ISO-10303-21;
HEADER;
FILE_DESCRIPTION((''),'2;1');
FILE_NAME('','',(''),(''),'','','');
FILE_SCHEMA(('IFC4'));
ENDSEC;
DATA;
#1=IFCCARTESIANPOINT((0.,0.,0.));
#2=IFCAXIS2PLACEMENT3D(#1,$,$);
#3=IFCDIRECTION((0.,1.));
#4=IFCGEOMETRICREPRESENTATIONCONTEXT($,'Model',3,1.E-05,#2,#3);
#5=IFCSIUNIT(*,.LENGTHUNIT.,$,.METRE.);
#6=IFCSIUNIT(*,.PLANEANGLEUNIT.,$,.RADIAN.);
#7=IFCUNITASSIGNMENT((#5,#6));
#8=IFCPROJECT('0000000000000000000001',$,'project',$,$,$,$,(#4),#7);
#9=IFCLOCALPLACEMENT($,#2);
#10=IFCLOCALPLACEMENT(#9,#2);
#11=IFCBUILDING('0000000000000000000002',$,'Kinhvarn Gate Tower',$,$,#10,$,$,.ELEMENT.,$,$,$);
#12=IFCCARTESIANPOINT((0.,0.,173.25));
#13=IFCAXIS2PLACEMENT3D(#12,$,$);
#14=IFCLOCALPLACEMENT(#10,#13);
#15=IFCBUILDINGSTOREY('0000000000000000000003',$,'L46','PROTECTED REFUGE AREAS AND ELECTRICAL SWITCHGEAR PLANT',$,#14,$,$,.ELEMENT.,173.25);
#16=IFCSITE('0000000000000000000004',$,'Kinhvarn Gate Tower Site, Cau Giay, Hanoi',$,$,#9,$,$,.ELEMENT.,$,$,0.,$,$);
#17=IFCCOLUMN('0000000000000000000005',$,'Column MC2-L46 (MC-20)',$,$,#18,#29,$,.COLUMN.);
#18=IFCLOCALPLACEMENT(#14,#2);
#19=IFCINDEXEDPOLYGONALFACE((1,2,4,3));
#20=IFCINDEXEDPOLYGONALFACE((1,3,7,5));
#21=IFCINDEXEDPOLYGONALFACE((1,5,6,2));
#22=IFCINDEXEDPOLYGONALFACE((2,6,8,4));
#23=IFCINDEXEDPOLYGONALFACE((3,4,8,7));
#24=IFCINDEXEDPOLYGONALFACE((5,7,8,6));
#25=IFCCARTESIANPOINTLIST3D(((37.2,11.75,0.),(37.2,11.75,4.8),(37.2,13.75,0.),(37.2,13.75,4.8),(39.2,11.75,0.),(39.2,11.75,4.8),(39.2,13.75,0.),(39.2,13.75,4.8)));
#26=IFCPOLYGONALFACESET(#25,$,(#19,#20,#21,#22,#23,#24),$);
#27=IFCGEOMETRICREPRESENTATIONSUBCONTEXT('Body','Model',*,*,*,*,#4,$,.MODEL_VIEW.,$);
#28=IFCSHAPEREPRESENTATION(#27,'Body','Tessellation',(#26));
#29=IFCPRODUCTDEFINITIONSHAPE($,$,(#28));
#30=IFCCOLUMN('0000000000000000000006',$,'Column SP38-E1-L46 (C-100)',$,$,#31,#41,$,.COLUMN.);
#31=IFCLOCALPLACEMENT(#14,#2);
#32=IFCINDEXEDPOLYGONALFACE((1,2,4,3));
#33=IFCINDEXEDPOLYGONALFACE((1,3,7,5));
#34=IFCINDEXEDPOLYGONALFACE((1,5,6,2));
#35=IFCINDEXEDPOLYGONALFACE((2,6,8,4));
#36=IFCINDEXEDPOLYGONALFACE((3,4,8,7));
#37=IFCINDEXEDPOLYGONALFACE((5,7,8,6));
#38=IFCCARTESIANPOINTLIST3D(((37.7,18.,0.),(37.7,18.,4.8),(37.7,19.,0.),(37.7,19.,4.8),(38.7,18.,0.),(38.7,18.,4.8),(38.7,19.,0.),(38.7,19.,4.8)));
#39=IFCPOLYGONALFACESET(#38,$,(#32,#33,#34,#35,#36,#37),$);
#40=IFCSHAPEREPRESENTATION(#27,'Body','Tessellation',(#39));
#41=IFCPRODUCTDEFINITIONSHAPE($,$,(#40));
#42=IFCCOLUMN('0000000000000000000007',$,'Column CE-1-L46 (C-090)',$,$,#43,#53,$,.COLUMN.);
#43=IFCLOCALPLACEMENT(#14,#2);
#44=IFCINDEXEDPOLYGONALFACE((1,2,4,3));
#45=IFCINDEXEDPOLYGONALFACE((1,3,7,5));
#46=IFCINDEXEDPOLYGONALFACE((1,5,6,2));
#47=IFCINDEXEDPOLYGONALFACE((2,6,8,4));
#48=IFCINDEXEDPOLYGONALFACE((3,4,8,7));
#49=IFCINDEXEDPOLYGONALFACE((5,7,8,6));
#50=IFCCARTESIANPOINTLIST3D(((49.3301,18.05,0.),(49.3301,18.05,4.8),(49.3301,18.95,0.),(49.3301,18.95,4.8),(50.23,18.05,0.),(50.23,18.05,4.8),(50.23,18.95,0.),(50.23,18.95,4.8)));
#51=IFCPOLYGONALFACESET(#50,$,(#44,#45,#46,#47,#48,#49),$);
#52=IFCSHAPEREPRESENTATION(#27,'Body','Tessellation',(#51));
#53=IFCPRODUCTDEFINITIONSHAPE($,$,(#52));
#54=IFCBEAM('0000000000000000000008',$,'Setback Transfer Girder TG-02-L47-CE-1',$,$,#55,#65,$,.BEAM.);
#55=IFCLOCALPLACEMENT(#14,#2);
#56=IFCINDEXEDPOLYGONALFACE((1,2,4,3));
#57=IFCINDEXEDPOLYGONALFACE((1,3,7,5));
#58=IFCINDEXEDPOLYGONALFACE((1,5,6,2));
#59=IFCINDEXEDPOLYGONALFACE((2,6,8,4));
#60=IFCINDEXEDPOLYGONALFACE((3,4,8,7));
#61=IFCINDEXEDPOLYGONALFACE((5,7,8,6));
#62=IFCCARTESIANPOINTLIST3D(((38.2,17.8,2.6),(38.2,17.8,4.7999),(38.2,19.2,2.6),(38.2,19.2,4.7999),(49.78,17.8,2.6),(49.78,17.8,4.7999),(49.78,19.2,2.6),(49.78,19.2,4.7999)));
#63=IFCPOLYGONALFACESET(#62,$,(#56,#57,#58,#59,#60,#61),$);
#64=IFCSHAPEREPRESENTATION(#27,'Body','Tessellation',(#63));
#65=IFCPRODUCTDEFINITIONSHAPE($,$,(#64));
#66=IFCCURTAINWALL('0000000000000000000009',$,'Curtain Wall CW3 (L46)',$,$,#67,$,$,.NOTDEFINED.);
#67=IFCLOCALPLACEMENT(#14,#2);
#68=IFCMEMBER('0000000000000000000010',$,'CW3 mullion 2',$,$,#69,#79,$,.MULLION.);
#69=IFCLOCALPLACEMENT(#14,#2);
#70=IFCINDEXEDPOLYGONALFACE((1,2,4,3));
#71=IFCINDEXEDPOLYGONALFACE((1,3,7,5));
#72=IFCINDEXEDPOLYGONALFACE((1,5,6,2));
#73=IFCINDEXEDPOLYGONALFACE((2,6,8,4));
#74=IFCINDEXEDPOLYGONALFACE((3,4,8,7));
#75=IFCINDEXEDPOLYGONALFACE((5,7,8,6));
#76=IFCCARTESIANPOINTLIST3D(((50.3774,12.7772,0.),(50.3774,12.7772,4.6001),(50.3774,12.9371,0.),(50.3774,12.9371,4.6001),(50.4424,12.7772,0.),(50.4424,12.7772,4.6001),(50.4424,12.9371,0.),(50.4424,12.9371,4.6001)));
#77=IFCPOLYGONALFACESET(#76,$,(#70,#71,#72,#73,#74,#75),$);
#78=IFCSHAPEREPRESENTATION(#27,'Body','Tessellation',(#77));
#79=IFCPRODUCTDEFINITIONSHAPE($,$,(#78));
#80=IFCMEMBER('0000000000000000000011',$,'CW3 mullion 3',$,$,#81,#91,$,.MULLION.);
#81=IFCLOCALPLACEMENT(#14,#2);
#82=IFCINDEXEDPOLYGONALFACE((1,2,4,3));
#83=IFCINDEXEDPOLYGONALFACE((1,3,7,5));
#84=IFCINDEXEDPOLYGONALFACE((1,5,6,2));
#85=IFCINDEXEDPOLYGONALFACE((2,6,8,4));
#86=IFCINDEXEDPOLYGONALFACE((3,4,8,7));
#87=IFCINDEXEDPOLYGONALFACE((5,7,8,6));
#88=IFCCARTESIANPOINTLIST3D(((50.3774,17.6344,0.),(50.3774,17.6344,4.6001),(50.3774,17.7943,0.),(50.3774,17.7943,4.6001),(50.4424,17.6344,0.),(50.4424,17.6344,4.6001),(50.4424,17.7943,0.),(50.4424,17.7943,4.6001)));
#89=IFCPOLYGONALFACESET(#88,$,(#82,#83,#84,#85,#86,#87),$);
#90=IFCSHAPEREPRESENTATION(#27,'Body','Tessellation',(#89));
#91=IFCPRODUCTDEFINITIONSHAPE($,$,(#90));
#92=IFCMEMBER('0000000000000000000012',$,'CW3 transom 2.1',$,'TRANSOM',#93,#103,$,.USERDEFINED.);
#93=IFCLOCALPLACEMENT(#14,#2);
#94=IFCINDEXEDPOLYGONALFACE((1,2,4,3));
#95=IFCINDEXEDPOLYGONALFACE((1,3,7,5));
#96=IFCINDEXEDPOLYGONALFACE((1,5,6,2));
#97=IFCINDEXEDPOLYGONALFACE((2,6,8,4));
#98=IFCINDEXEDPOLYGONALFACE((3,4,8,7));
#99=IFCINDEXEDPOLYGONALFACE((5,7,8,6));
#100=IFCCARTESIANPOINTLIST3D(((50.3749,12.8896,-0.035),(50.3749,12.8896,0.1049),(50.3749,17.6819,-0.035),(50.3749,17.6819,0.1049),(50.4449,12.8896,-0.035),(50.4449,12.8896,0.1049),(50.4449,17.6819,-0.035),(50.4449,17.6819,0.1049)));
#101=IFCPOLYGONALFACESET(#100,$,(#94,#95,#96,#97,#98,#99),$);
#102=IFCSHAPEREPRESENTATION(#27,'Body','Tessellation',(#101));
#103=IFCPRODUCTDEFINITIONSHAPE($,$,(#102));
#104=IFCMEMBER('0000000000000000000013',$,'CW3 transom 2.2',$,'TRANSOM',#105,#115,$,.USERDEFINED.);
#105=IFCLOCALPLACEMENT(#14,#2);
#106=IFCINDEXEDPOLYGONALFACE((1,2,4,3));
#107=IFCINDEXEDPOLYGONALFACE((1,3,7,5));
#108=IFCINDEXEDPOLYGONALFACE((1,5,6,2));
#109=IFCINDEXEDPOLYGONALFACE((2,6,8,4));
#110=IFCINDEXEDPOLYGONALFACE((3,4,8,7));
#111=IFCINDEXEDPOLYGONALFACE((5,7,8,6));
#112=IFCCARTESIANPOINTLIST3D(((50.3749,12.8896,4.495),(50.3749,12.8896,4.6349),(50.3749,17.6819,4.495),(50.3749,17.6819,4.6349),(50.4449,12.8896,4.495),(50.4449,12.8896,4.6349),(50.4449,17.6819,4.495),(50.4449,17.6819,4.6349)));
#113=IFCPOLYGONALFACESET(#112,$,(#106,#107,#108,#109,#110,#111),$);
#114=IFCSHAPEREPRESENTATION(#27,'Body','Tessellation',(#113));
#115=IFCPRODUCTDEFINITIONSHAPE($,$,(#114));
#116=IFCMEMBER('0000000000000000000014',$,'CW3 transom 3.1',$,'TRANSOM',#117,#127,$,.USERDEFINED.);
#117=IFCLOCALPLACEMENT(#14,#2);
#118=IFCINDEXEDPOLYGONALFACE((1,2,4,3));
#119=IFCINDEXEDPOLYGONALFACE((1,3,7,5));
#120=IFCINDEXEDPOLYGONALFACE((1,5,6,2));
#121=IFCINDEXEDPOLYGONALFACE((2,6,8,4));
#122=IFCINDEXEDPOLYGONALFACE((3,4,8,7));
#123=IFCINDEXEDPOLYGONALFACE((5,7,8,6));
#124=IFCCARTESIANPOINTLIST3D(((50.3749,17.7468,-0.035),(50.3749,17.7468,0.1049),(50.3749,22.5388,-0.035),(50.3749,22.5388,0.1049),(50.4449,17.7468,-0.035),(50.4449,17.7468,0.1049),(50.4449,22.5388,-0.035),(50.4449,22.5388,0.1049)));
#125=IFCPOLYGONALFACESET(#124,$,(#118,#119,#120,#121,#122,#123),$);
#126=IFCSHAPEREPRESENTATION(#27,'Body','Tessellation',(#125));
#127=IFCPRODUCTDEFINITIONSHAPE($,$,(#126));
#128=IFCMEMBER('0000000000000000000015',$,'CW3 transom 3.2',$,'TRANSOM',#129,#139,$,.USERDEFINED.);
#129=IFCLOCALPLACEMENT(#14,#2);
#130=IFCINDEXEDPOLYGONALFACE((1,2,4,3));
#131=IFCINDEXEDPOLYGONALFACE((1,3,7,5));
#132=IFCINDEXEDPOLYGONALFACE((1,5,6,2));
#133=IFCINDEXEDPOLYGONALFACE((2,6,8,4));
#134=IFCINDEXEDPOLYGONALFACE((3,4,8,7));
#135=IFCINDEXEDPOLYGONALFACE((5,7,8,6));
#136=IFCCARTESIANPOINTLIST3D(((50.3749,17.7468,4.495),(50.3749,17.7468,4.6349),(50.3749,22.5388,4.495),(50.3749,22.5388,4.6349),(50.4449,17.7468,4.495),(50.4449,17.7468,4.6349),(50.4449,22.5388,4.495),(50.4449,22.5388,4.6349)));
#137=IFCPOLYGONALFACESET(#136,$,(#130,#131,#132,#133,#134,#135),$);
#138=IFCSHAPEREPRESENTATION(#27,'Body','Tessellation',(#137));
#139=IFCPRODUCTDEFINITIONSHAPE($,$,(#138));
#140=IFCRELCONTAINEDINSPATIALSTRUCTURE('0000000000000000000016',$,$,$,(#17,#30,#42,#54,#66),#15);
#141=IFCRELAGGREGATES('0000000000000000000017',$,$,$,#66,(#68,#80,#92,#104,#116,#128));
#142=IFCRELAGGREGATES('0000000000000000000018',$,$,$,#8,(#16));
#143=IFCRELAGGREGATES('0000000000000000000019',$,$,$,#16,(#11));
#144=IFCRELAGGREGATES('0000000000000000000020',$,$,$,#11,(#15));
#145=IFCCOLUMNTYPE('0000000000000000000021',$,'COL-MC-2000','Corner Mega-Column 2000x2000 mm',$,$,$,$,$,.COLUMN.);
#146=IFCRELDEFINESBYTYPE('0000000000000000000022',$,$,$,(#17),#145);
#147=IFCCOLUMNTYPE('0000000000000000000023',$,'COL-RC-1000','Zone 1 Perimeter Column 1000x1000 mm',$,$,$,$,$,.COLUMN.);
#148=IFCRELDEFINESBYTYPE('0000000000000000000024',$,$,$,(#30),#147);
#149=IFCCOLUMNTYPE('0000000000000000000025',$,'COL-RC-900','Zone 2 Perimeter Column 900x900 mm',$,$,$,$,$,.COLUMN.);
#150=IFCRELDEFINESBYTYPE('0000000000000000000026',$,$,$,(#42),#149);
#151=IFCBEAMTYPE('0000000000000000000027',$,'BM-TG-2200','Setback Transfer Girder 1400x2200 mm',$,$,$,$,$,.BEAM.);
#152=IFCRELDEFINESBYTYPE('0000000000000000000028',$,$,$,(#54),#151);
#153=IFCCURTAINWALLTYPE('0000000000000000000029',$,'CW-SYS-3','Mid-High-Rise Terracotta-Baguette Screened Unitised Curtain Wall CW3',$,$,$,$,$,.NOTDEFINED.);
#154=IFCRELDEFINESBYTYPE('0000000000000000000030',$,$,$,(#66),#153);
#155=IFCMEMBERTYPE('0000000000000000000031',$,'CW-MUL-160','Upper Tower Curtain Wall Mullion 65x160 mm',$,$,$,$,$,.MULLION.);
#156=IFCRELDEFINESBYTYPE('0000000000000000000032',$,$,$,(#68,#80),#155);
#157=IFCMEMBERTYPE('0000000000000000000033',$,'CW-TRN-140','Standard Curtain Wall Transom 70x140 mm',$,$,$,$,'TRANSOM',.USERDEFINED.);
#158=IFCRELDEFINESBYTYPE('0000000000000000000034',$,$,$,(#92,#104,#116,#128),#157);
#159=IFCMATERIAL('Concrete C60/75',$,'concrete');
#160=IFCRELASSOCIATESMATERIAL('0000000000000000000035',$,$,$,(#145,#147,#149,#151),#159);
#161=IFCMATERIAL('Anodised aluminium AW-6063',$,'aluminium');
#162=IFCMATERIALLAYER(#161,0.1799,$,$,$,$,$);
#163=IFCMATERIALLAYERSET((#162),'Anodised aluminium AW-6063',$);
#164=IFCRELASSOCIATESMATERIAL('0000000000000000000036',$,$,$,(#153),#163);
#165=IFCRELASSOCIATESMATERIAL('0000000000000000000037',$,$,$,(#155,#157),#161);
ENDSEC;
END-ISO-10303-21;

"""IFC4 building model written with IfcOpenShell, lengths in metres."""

from ifc_helpers import new_model, si_unit, direction, frame, origin, origin_2d, place, context, subcontext, project, spatial, rectangle, extrude, material, layer, layer_set, material_profile, profile_set, type_object, element, aggregate, save


model = new_model("IFC4")

# Units and contexts
model_context = context("Model", 3, precision=1e-05, world=origin(), true_north=direction((0.0, 1.0)))
body_context = subcontext(model_context, "Body", "Model", "MODEL_VIEW")
ifc_project = project(units=[si_unit("LENGTHUNIT", "METRE"), si_unit("PLANEANGLEUNIT", "RADIAN")], contexts=[model_context])

# Site, building, storey
site_placement = place(None, origin())
site = spatial("IfcSite", under=ifc_project, at=site_placement, Name="Kinhvarn Gate Tower Site, Cau Giay, Hanoi", CompositionType="ELEMENT", RefElevation=0.0)
building_placement = place(site_placement, origin())
building = spatial("IfcBuilding", under=site, at=building_placement, Name="Kinhvarn Gate Tower", CompositionType="ELEMENT")
storey_placement = place(building_placement, frame((0.0, 0.0, 173.25)))
storey = spatial("IfcBuildingStorey", under=building, at=storey_placement, Name="L46", Description="PROTECTED REFUGE AREAS AND ELECTRICAL SWITCHGEAR PLANT", CompositionType="ELEMENT", Elevation=173.25)

# Columns
ifc_material_1 = material(Name="Concrete C60/75", Category="concrete")
ifc_material_profile_1 = material_profile(ifc_material_1, rectangle(XDim=2.0, YDim=2.0, at=origin_2d()), Name="RC 2000x2000")
ifc_profile_set_1 = profile_set([ifc_material_profile_1], Name="Concrete C60/75")
column_type_1 = type_object("IfcColumnType", Name="COL-MC-2000", Description="Corner Mega-Column 2000x2000 mm", PredefinedType="COLUMN", material=ifc_profile_set_1)
column_1_placement = place(storey_placement, frame((38.2, 12.75, 0.0), z_axis=(0.0, 0.0, 1.0), x_axis=(1.0, 0.0, 0.0)))
element("IfcColumn", 1, at=column_1_placement, inside=storey, type_object=column_type_1, Name="Column MC2-L46 (MC-20)", PredefinedType="COLUMN", context=body_context, shape_type="SweptSolid", body=[
    extrude(rectangle(XDim=2.0, YDim=2.0, at=origin_2d()), origin(), (0.0, 0.0, 1.0), 4.8),
])
ifc_material_profile_2 = material_profile(ifc_material_1, rectangle(XDim=1.0, YDim=1.0, at=origin_2d()), Name="RC 1000x1000")
ifc_profile_set_2 = profile_set([ifc_material_profile_2], Name="Concrete C60/75")
column_type_2 = type_object("IfcColumnType", Name="COL-RC-1000", Description="Zone 1 Perimeter Column 1000x1000 mm", PredefinedType="COLUMN", material=ifc_profile_set_2)
column_2_placement = place(storey_placement, frame((38.2, 18.5, 0.0), z_axis=(0.0, 0.0, 1.0), x_axis=(1.0, 0.0, 0.0)))
element("IfcColumn", 2, at=column_2_placement, inside=storey, type_object=column_type_2, Name="Column SP38-E1-L46 (C-100)", PredefinedType="COLUMN", context=body_context, shape_type="SweptSolid", body=[
    extrude(rectangle(XDim=1.0, YDim=1.0, at=origin_2d()), origin(), (0.0, 0.0, 1.0), 4.8),
])
ifc_material_profile_3 = material_profile(ifc_material_1, rectangle(XDim=0.8999, YDim=0.8999, at=origin_2d()), Name="RC 900x900")
ifc_profile_set_3 = profile_set([ifc_material_profile_3], Name="Concrete C60/75")
column_type_3 = type_object("IfcColumnType", Name="COL-RC-900", Description="Zone 2 Perimeter Column 900x900 mm", PredefinedType="COLUMN", material=ifc_profile_set_3)
column_3_placement = place(storey_placement, frame((49.78, 18.5, 0.0), z_axis=(0.0, 0.0, 1.0), x_axis=(1.0, 0.0, 0.0)))
element("IfcColumn", 3, at=column_3_placement, inside=storey, type_object=column_type_3, Name="Column CE-1-L46 (C-090)", PredefinedType="COLUMN", context=body_context, shape_type="SweptSolid", body=[
    extrude(rectangle(XDim=0.8999, YDim=0.8999, at=origin_2d()), origin(), (0.0, 0.0, 1.0), 4.8),
])

# Beam
ifc_material_profile_4 = material_profile(ifc_material_1, rectangle(XDim=1.3999, YDim=2.2, at=origin_2d()), Name="RC 1400x2200")
ifc_profile_set_4 = profile_set([ifc_material_profile_4], Name="Concrete C60/75")
beam_type_1 = type_object("IfcBeamType", Name="BM-TG-2200", Description="Setback Transfer Girder 1400x2200 mm", PredefinedType="BEAM", material=ifc_profile_set_4)
beam_1_placement = place(storey_placement, frame((38.2, 18.5, 3.7), z_axis=(1.0, 0.0, 0.0), x_axis=(0.0, 1.0, 0.0)))
element("IfcBeam", 4, at=beam_1_placement, inside=storey, type_object=beam_type_1, Name="Setback Transfer Girder TG-02-L47-CE-1", PredefinedType="BEAM", context=body_context, shape_type="SweptSolid", body=[
    extrude(rectangle(XDim=1.3999, YDim=2.2, at=origin_2d()), origin(), (0.0, 0.0, 1.0), 11.5801),
])

# Curtain wall, members
ifc_material_2 = material(Name="Anodised aluminium AW-6063", Category="aluminium")
ifc_layer_1 = layer(ifc_material_2, 0.1799)
ifc_layer_set_1 = layer_set([ifc_layer_1], Name="Anodised aluminium AW-6063")
curtain_wall_type = type_object("IfcCurtainWallType", Name="CW-SYS-3", Description="Mid-High-Rise Terracotta-Baguette Screened Unitised Curtain Wall CW3", PredefinedType="NOTDEFINED", material=ifc_layer_set_1)
curtain_wall_placement = place(storey_placement, origin())
curtain_wall = element("IfcCurtainWall", 5, at=curtain_wall_placement, inside=storey, type_object=curtain_wall_type, Name="Curtain Wall CW3 (L46)", PredefinedType="NOTDEFINED")
ifc_material_profile_5 = material_profile(ifc_material_2, rectangle(XDim=0.0649, YDim=0.1599, at=origin_2d()), Name="ALU 65x160")
ifc_profile_set_5 = profile_set([ifc_material_profile_5], Name="Anodised aluminium AW-6063")
member_type_1 = type_object("IfcMemberType", Name="CW-MUL-160", Description="Upper Tower Curtain Wall Mullion 65x160 mm", PredefinedType="MULLION", material=ifc_profile_set_5)
member_1_placement = place(storey_placement, frame((50.4099, 12.8572, 0.0), z_axis=(0.0, 0.0, 1.0), x_axis=(-1.0, 0.0, 0.0)))
member_1 = element("IfcMember", 6, at=member_1_placement, type_object=member_type_1, Name="CW3 mullion 2", PredefinedType="MULLION", context=body_context, shape_type="SweptSolid", body=[
    extrude(rectangle(XDim=0.0649, YDim=0.1599, at=origin_2d()), origin(), (0.0, 0.0, 1.0), 4.6001),
])
member_2_placement = place(storey_placement, frame((50.4099, 17.7144, 0.0), z_axis=(0.0, 0.0, 1.0), x_axis=(-1.0, 0.0, 0.0)))
member_2 = element("IfcMember", 7, at=member_2_placement, type_object=member_type_1, Name="CW3 mullion 3", PredefinedType="MULLION", context=body_context, shape_type="SweptSolid", body=[
    extrude(rectangle(XDim=0.0649, YDim=0.1599, at=origin_2d()), origin(), (0.0, 0.0, 1.0), 4.6001),
])
ifc_material_profile_6 = material_profile(ifc_material_2, rectangle(XDim=0.0701, YDim=0.1399, at=origin_2d()), Name="ALU 70x140")
ifc_profile_set_6 = profile_set([ifc_material_profile_6], Name="Anodised aluminium AW-6063")
member_type_2 = type_object("IfcMemberType", Name="CW-TRN-140", Description="Standard Curtain Wall Transom 70x140 mm", ElementType="TRANSOM", PredefinedType="USERDEFINED", material=ifc_profile_set_6)
member_3_placement = place(storey_placement, frame((50.4099, 12.8896, 0.0349), z_axis=(0.0, 1.0, 0.0), x_axis=(-1.0, 0.0, 0.0)))
member_3 = element("IfcMember", 8, at=member_3_placement, type_object=member_type_2, Name="CW3 transom 2.1", ObjectType="TRANSOM", PredefinedType="USERDEFINED", context=body_context, shape_type="SweptSolid", body=[
    extrude(rectangle(XDim=0.0701, YDim=0.1399, at=origin_2d()), origin(), (0.0, 0.0, 1.0), 4.7922),
])
member_4_placement = place(storey_placement, frame((50.4099, 12.8896, 4.5649), z_axis=(0.0, 1.0, 0.0), x_axis=(-1.0, 0.0, 0.0)))
member_4 = element("IfcMember", 9, at=member_4_placement, type_object=member_type_2, Name="CW3 transom 2.2", ObjectType="TRANSOM", PredefinedType="USERDEFINED", context=body_context, shape_type="SweptSolid", body=[
    extrude(rectangle(XDim=0.0701, YDim=0.1399, at=origin_2d()), origin(), (0.0, 0.0, 1.0), 4.7922),
])
member_5_placement = place(storey_placement, frame((50.4099, 17.7468, 0.0349), z_axis=(0.0, 1.0, 0.0), x_axis=(-1.0, 0.0, 0.0)))
member_5 = element("IfcMember", 10, at=member_5_placement, type_object=member_type_2, Name="CW3 transom 3.1", ObjectType="TRANSOM", PredefinedType="USERDEFINED", context=body_context, shape_type="SweptSolid", body=[
    extrude(rectangle(XDim=0.0701, YDim=0.1399, at=origin_2d()), origin(), (0.0, 0.0, 1.0), 4.792),
])
member_6_placement = place(storey_placement, frame((50.4099, 17.7468, 4.5649), z_axis=(0.0, 1.0, 0.0), x_axis=(-1.0, 0.0, 0.0)))
member_6 = element("IfcMember", 11, at=member_6_placement, type_object=member_type_2, Name="CW3 transom 3.2", ObjectType="TRANSOM", PredefinedType="USERDEFINED", context=body_context, shape_type="SweptSolid", body=[
    extrude(rectangle(XDim=0.0701, YDim=0.1399, at=origin_2d()), origin(), (0.0, 0.0, 1.0), 4.792),
])

aggregate(curtain_wall, [member_1, member_2, member_3, member_4, member_5, member_6])

save(model, "model.ifc")
